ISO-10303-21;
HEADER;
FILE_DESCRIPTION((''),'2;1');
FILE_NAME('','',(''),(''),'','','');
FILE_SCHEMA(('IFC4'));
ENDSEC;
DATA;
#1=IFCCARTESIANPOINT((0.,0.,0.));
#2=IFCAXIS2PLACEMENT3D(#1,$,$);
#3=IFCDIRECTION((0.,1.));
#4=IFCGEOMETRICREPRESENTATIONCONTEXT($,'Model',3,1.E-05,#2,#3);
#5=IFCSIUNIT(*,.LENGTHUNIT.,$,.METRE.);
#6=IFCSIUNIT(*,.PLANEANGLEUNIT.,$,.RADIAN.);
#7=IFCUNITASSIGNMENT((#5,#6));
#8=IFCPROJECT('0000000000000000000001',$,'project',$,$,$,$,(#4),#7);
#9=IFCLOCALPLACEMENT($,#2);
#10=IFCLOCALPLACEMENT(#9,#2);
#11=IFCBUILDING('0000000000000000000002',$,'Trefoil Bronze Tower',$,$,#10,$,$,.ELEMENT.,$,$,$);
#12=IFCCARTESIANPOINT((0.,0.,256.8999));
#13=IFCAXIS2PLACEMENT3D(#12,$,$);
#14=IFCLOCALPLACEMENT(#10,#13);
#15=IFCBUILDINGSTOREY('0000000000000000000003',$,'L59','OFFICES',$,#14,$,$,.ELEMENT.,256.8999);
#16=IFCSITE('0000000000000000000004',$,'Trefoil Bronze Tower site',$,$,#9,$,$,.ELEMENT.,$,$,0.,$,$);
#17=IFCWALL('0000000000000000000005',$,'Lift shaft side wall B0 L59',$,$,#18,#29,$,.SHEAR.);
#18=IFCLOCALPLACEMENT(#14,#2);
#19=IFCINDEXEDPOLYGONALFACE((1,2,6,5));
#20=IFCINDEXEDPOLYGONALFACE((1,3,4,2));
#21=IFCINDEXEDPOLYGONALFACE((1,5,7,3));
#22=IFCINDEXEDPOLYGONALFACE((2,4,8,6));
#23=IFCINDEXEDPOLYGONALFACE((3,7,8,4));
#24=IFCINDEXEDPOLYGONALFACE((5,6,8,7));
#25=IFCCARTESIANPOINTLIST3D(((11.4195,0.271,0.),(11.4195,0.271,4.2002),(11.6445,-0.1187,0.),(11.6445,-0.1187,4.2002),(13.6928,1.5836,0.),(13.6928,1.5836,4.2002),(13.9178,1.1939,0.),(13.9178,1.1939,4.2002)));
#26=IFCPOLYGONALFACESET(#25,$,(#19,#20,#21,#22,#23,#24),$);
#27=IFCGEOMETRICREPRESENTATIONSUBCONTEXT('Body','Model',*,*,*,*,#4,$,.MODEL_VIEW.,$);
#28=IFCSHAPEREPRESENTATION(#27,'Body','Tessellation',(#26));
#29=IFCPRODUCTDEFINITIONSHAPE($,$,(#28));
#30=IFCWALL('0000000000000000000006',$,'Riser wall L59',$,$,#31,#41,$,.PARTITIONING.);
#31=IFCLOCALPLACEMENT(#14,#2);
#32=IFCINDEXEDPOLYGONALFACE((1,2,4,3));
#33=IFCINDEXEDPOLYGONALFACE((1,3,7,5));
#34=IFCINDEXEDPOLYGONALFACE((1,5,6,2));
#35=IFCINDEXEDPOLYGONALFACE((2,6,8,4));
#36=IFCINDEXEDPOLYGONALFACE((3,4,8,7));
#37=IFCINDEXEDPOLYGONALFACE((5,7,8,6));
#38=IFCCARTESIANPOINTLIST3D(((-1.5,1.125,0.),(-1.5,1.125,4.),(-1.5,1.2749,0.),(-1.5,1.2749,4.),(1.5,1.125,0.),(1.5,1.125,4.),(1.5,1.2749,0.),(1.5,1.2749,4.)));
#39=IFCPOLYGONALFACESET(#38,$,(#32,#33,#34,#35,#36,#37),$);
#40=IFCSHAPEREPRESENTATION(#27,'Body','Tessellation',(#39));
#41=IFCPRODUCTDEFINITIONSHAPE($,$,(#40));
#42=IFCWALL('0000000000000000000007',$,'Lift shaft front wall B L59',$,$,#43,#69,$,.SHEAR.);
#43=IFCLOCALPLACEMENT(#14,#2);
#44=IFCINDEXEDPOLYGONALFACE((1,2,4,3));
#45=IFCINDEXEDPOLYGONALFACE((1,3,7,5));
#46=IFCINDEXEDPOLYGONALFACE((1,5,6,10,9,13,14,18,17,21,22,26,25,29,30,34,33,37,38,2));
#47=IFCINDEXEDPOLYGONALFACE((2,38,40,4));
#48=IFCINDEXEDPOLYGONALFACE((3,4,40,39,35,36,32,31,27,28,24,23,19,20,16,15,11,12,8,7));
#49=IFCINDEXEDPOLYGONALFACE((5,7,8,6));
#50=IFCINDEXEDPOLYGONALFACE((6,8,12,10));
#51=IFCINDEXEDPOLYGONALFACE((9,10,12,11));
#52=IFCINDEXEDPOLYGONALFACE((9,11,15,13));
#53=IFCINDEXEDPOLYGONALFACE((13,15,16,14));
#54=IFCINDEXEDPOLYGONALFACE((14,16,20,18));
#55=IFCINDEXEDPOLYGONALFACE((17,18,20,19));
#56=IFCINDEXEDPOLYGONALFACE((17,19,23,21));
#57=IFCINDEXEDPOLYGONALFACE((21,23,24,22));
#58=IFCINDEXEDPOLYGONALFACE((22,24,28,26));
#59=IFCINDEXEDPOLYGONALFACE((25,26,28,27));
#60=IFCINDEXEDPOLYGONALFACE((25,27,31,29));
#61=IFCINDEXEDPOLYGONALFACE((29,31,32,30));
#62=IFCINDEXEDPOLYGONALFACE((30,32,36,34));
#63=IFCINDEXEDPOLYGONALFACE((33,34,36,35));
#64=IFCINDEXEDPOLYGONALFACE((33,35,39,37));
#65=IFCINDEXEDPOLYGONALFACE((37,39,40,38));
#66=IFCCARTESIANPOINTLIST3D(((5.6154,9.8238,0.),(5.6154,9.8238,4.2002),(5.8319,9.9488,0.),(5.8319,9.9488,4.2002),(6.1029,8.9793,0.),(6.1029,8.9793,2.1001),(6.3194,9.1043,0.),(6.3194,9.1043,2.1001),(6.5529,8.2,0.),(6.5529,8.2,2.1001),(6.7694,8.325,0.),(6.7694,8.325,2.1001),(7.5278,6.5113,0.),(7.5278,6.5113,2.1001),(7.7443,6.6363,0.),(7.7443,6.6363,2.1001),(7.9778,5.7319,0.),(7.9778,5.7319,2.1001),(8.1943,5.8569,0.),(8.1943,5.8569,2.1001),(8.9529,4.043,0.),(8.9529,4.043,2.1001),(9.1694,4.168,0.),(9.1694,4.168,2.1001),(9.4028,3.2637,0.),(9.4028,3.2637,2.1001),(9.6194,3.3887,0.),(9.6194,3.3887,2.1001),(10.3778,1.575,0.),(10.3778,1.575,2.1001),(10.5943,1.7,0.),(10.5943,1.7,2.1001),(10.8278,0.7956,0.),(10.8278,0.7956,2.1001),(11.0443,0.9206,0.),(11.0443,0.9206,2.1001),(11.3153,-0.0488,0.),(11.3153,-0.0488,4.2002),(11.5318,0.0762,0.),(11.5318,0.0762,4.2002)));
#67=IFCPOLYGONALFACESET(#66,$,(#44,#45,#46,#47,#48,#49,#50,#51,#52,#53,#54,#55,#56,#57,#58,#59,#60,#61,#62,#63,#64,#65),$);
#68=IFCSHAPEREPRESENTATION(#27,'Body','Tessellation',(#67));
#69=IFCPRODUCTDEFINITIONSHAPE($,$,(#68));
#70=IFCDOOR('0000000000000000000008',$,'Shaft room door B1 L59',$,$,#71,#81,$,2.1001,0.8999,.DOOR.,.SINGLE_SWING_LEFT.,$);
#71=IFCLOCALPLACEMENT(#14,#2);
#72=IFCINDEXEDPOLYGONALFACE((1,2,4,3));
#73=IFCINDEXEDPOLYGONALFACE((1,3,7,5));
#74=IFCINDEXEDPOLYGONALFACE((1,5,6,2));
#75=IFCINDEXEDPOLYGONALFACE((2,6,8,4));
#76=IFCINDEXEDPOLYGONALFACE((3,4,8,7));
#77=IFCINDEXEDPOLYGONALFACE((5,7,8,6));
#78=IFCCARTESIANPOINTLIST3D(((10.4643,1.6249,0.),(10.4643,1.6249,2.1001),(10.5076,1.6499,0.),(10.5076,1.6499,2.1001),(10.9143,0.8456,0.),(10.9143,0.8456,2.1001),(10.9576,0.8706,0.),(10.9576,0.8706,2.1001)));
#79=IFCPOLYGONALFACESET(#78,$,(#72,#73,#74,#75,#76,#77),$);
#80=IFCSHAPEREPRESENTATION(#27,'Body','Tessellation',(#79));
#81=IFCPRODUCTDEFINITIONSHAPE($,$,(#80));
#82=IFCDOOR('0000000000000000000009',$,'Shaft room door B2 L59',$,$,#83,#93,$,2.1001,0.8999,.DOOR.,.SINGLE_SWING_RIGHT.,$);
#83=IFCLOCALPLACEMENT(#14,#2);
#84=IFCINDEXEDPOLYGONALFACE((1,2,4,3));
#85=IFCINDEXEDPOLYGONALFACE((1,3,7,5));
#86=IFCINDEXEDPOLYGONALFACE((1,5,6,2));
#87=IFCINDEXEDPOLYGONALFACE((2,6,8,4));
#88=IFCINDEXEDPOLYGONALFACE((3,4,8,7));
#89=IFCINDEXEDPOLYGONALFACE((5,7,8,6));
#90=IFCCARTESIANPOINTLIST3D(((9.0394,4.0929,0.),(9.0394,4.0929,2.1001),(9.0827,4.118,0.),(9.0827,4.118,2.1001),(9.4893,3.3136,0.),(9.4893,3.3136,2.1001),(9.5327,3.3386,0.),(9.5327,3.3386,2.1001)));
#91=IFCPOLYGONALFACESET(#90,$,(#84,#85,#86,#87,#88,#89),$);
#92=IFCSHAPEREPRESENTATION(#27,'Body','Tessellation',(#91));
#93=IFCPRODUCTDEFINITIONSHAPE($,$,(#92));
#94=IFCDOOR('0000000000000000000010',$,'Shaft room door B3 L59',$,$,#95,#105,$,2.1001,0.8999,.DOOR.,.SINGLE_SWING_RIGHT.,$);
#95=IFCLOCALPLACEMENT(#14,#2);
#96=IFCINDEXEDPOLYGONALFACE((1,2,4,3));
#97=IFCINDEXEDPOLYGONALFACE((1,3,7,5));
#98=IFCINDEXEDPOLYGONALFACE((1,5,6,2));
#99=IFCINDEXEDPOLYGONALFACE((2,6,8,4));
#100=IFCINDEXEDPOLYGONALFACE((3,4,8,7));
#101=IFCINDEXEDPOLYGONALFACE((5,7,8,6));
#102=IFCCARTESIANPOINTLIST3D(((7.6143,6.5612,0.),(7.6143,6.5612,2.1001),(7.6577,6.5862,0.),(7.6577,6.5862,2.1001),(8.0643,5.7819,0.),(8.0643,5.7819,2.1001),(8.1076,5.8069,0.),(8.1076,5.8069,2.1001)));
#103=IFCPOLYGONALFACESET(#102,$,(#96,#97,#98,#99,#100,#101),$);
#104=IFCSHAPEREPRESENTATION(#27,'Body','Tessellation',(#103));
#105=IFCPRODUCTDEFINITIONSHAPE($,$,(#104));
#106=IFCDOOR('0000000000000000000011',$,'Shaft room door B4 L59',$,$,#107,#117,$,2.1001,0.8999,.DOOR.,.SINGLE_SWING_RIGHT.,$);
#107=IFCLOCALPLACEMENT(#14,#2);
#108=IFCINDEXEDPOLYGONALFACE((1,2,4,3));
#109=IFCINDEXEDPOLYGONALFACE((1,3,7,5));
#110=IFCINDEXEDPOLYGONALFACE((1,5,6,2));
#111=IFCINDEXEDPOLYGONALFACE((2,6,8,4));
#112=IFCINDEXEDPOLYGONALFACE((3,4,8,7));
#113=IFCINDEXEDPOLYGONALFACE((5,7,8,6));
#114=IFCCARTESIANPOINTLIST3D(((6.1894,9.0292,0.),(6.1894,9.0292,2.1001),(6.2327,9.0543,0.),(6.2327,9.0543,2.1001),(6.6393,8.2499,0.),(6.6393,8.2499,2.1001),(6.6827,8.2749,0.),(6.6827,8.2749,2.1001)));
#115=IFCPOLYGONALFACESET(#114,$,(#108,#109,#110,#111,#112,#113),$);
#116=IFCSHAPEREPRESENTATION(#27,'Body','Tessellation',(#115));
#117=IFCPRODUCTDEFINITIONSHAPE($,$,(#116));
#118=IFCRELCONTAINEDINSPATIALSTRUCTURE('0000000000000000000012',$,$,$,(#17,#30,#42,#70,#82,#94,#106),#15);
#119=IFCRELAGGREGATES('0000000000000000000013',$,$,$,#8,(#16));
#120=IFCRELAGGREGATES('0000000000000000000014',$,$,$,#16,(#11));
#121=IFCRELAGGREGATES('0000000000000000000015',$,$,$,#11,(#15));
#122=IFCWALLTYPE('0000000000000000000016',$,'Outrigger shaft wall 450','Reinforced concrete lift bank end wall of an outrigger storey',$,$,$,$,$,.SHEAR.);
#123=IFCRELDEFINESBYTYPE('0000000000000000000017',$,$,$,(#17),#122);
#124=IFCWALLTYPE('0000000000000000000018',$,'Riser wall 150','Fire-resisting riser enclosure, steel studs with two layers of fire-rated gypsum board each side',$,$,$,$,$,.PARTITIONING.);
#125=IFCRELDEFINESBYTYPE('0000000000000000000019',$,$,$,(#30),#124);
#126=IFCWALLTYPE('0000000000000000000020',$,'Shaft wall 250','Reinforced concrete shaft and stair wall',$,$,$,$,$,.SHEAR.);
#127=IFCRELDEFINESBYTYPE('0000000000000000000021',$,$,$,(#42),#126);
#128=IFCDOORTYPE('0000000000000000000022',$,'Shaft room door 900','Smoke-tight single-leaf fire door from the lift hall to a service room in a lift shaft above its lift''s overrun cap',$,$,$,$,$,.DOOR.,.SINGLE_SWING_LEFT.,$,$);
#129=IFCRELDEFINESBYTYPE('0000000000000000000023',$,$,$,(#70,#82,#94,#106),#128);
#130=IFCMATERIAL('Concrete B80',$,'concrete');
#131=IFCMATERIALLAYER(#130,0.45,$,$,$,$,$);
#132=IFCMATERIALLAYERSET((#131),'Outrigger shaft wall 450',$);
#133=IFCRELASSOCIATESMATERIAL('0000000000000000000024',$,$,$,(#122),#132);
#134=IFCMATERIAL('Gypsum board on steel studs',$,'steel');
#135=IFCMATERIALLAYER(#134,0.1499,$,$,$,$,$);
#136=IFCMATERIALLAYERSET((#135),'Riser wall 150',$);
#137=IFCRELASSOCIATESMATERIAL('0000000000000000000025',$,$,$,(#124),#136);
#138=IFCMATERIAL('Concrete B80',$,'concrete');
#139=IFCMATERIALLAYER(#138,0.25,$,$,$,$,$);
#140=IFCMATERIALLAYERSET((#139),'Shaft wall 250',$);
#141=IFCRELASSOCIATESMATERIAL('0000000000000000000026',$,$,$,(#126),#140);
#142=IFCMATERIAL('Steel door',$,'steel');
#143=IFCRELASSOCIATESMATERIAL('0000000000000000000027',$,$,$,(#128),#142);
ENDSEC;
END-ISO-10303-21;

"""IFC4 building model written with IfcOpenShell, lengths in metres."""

from ifc_helpers import new_model, si_unit, direction, frame, frame_2d, origin, place, context, subcontext, project, spatial, rectangle, extrude, material, layer, layer_set, type_object, element, fill, save


model = new_model("IFC4")

# Units and contexts
model_context = context("Model", 3, precision=1e-05, world=origin(), true_north=direction((0.0, 1.0)))
body_context = subcontext(model_context, "Body", "Model", "MODEL_VIEW")
ifc_project = project(units=[si_unit("LENGTHUNIT", "METRE"), si_unit("PLANEANGLEUNIT", "RADIAN")], contexts=[model_context])

# Site, building, storey
site_placement = place(None, origin())
site = spatial("IfcSite", under=ifc_project, at=site_placement, Name="Trefoil Bronze Tower site", CompositionType="ELEMENT", RefElevation=0.0)
building_placement = place(site_placement, origin())
building = spatial("IfcBuilding", under=site, at=building_placement, Name="Trefoil Bronze Tower", CompositionType="ELEMENT")
storey_placement = place(building_placement, frame((0.0, 0.0, 256.8999)))
storey = spatial("IfcBuildingStorey", under=building, at=storey_placement, Name="L59", Description="OFFICES", CompositionType="ELEMENT", Elevation=256.8999)

# Walls
ifc_material_1 = material(Name="Concrete B80", Category="concrete")
ifc_layer_1 = layer(ifc_material_1, 0.45)
ifc_layer_set_1 = layer_set([ifc_layer_1], Name="Outrigger shaft wall 450")
wall_type_1 = type_object("IfcWallType", Name="Outrigger shaft wall 450", Description="Reinforced concrete lift bank end wall of an outrigger storey", PredefinedType="SHEAR", material=ifc_layer_set_1)
wall_1_placement = place(storey_placement, frame((11.532, 0.0762, 0.0), z_axis=(0.0, 0.0, 1.0), x_axis=(0.866014, 0.50002, 0.0)))
element("IfcWall", 1, at=wall_1_placement, inside=storey, type_object=wall_type_1, Name="Lift shaft side wall B0 L59", PredefinedType="SHEAR", context=body_context, shape_type="SweptSolid", body=[
    extrude(rectangle(XDim=2.625, YDim=0.45, at=frame_2d((1.3125, 0.0))), origin(), (0.0, 0.0, 1.0), 4.2002),
])
ifc_material_2 = material(Name="Gypsum board on steel studs", Category="steel")
ifc_layer_2 = layer(ifc_material_2, 0.1499)
ifc_layer_set_2 = layer_set([ifc_layer_2], Name="Riser wall 150")
wall_type_2 = type_object("IfcWallType", Name="Riser wall 150", Description="Fire-resisting riser enclosure, steel studs with two layers of fire-rated gypsum board each side", PredefinedType="PARTITIONING", material=ifc_layer_set_2)
wall_2_placement = place(storey_placement, frame((1.5, 1.2, 0.0), z_axis=(0.0, 0.0, 1.0), x_axis=(-1.0, 0.0, 0.0)))
element("IfcWall", 2, at=wall_2_placement, inside=storey, type_object=wall_type_2, Name="Riser wall L59", PredefinedType="PARTITIONING", context=body_context, shape_type="SweptSolid", body=[
    extrude(rectangle(XDim=3.0, YDim=0.1499, at=frame_2d((1.5, 0.0))), origin(), (0.0, 0.0, 1.0), 4.0),
])

# Wall, openings, doors
ifc_material_3 = material(Name="Concrete B80", Category="concrete")
ifc_layer_3 = layer(ifc_material_3, 0.25)
ifc_layer_set_3 = layer_set([ifc_layer_3], Name="Shaft wall 250")
wall_type_3 = type_object("IfcWallType", Name="Shaft wall 250", Description="Reinforced concrete shaft and stair wall", PredefinedType="SHEAR", material=ifc_layer_set_3)
wall_3_placement = place(storey_placement, frame((11.4236, 0.0137, 0.0), z_axis=(0.0, 0.0, 1.0), x_axis=(-0.500002, 0.866024, 0.0)))
wall_3 = element("IfcWall", 3, at=wall_3_placement, inside=storey, type_object=wall_type_3, Name="Lift shaft front wall B L59", PredefinedType="SHEAR", context=body_context, shape_type="SweptSolid", body=[
    extrude(rectangle(XDim=11.3999, YDim=0.25, at=frame_2d((5.7, 0.0))), origin(), (0.0, 0.0, 1.0), 4.2002),
])
opening_1_placement = place(wall_3_placement, frame((0.9751, 0.0, 0.0)))
opening_1 = element("IfcOpeningElement", 4, at=opening_1_placement, cuts=wall_3, PredefinedType="OPENING", context=body_context, shape_type="SweptSolid", body=[
    extrude(rectangle(XDim=0.8999, YDim=2.1001, at=frame_2d((0.45, 1.05))), frame((0.0, 0.135, 0.0), z_axis=(0.0, -1.0, 0.0), x_axis=(1.0, 0.0, 0.0)), (0.0, 0.0, 1.0), 0.27),
])
opening_2_placement = place(wall_3_placement, frame((3.825, 0.0, 0.0)))
opening_2 = element("IfcOpeningElement", 5, at=opening_2_placement, cuts=wall_3, PredefinedType="OPENING", context=body_context, shape_type="SweptSolid", body=[
    extrude(rectangle(XDim=0.8999, YDim=2.1001, at=frame_2d((0.45, 1.05))), frame((0.0, 0.135, 0.0), z_axis=(0.0, -1.0, 0.0), x_axis=(1.0, 0.0, 0.0)), (0.0, 0.0, 1.0), 0.27),
])
opening_3_placement = place(wall_3_placement, frame((6.675, 0.0, 0.0)))
opening_3 = element("IfcOpeningElement", 6, at=opening_3_placement, cuts=wall_3, PredefinedType="OPENING", context=body_context, shape_type="SweptSolid", body=[
    extrude(rectangle(XDim=0.8999, YDim=2.1001, at=frame_2d((0.45, 1.05))), frame((0.0, 0.135, 0.0), z_axis=(0.0, -1.0, 0.0), x_axis=(1.0, 0.0, 0.0)), (0.0, 0.0, 1.0), 0.27),
])
opening_4_placement = place(wall_3_placement, frame((9.5249, 0.0, 0.0)))
opening_4 = element("IfcOpeningElement", 7, at=opening_4_placement, cuts=wall_3, PredefinedType="OPENING", context=body_context, shape_type="SweptSolid", body=[
    extrude(rectangle(XDim=0.8999, YDim=2.1001, at=frame_2d((0.45, 1.05))), frame((0.0, 0.135, 0.0), z_axis=(0.0, -1.0, 0.0), x_axis=(1.0, 0.0, 0.0)), (0.0, 0.0, 1.0), 0.27),
])
ifc_material_4 = material(Name="Steel door", Category="steel")
door_type = type_object("IfcDoorType", Name="Shaft room door 900", Description="Smoke-tight single-leaf fire door from the lift hall to a service room in a lift shaft above its lift's overrun cap", OperationType="SINGLE_SWING_LEFT", PredefinedType="DOOR", material=ifc_material_4)
door_1_placement = place(opening_1_placement, frame((0.8999, 0.0, 0.0), z_axis=(0.0, 0.0, 1.0), x_axis=(-1.0, 0.0, 0.0)))
door_1 = element("IfcDoor", 8, at=door_1_placement, inside=storey, type_object=door_type, Name="Shaft room door B1 L59", OperationType="SINGLE_SWING_LEFT", OverallHeight=2.1001, OverallWidth=0.8999, PredefinedType="DOOR", context=body_context, shape_type="SweptSolid", body=[
    extrude(rectangle(XDim=0.8999, YDim=2.1001, at=frame_2d((0.45, 1.05))), frame((0.0, 0.0249, 0.0), z_axis=(0.0, -1.0, 0.0), x_axis=(1.0, 0.0, 0.0)), (0.0, 0.0, 1.0), 0.05),
])
fill(opening_1, door_1)
door_2_placement = place(opening_2_placement, frame((0.8999, 0.0, 0.0), z_axis=(0.0, 0.0, 1.0), x_axis=(-1.0, 0.0, 0.0)))
door_2 = element("IfcDoor", 9, at=door_2_placement, inside=storey, type_object=door_type, Name="Shaft room door B2 L59", OperationType="SINGLE_SWING_RIGHT", OverallHeight=2.1001, OverallWidth=0.8999, PredefinedType="DOOR", context=body_context, shape_type="SweptSolid", body=[
    extrude(rectangle(XDim=0.8999, YDim=2.1001, at=frame_2d((0.45, 1.05))), frame((0.0, 0.0249, 0.0), z_axis=(0.0, -1.0, 0.0), x_axis=(1.0, 0.0, 0.0)), (0.0, 0.0, 1.0), 0.05),
])
fill(opening_2, door_2)
door_3_placement = place(opening_3_placement, frame((0.8999, 0.0, 0.0), z_axis=(0.0, 0.0, 1.0), x_axis=(-1.0, 0.0, 0.0)))
door_3 = element("IfcDoor", 10, at=door_3_placement, inside=storey, type_object=door_type, Name="Shaft room door B3 L59", OperationType="SINGLE_SWING_RIGHT", OverallHeight=2.1001, OverallWidth=0.8999, PredefinedType="DOOR", context=body_context, shape_type="SweptSolid", body=[
    extrude(rectangle(XDim=0.8999, YDim=2.1001, at=frame_2d((0.45, 1.05))), frame((0.0, 0.0249, 0.0), z_axis=(0.0, -1.0, 0.0), x_axis=(1.0, 0.0, 0.0)), (0.0, 0.0, 1.0), 0.05),
])
fill(opening_3, door_3)
door_4_placement = place(opening_4_placement, frame((0.8999, 0.0, 0.0), z_axis=(0.0, 0.0, 1.0), x_axis=(-1.0, 0.0, 0.0)))
door_4 = element("IfcDoor", 11, at=door_4_placement, inside=storey, type_object=door_type, Name="Shaft room door B4 L59", OperationType="SINGLE_SWING_RIGHT", OverallHeight=2.1001, OverallWidth=0.8999, PredefinedType="DOOR", context=body_context, shape_type="SweptSolid", body=[
    extrude(rectangle(XDim=0.8999, YDim=2.1001, at=frame_2d((0.45, 1.05))), frame((0.0, 0.0249, 0.0), z_axis=(0.0, -1.0, 0.0), x_axis=(1.0, 0.0, 0.0)), (0.0, 0.0, 1.0), 0.05),
])
fill(opening_4, door_4)

save(model, "model.ifc")
